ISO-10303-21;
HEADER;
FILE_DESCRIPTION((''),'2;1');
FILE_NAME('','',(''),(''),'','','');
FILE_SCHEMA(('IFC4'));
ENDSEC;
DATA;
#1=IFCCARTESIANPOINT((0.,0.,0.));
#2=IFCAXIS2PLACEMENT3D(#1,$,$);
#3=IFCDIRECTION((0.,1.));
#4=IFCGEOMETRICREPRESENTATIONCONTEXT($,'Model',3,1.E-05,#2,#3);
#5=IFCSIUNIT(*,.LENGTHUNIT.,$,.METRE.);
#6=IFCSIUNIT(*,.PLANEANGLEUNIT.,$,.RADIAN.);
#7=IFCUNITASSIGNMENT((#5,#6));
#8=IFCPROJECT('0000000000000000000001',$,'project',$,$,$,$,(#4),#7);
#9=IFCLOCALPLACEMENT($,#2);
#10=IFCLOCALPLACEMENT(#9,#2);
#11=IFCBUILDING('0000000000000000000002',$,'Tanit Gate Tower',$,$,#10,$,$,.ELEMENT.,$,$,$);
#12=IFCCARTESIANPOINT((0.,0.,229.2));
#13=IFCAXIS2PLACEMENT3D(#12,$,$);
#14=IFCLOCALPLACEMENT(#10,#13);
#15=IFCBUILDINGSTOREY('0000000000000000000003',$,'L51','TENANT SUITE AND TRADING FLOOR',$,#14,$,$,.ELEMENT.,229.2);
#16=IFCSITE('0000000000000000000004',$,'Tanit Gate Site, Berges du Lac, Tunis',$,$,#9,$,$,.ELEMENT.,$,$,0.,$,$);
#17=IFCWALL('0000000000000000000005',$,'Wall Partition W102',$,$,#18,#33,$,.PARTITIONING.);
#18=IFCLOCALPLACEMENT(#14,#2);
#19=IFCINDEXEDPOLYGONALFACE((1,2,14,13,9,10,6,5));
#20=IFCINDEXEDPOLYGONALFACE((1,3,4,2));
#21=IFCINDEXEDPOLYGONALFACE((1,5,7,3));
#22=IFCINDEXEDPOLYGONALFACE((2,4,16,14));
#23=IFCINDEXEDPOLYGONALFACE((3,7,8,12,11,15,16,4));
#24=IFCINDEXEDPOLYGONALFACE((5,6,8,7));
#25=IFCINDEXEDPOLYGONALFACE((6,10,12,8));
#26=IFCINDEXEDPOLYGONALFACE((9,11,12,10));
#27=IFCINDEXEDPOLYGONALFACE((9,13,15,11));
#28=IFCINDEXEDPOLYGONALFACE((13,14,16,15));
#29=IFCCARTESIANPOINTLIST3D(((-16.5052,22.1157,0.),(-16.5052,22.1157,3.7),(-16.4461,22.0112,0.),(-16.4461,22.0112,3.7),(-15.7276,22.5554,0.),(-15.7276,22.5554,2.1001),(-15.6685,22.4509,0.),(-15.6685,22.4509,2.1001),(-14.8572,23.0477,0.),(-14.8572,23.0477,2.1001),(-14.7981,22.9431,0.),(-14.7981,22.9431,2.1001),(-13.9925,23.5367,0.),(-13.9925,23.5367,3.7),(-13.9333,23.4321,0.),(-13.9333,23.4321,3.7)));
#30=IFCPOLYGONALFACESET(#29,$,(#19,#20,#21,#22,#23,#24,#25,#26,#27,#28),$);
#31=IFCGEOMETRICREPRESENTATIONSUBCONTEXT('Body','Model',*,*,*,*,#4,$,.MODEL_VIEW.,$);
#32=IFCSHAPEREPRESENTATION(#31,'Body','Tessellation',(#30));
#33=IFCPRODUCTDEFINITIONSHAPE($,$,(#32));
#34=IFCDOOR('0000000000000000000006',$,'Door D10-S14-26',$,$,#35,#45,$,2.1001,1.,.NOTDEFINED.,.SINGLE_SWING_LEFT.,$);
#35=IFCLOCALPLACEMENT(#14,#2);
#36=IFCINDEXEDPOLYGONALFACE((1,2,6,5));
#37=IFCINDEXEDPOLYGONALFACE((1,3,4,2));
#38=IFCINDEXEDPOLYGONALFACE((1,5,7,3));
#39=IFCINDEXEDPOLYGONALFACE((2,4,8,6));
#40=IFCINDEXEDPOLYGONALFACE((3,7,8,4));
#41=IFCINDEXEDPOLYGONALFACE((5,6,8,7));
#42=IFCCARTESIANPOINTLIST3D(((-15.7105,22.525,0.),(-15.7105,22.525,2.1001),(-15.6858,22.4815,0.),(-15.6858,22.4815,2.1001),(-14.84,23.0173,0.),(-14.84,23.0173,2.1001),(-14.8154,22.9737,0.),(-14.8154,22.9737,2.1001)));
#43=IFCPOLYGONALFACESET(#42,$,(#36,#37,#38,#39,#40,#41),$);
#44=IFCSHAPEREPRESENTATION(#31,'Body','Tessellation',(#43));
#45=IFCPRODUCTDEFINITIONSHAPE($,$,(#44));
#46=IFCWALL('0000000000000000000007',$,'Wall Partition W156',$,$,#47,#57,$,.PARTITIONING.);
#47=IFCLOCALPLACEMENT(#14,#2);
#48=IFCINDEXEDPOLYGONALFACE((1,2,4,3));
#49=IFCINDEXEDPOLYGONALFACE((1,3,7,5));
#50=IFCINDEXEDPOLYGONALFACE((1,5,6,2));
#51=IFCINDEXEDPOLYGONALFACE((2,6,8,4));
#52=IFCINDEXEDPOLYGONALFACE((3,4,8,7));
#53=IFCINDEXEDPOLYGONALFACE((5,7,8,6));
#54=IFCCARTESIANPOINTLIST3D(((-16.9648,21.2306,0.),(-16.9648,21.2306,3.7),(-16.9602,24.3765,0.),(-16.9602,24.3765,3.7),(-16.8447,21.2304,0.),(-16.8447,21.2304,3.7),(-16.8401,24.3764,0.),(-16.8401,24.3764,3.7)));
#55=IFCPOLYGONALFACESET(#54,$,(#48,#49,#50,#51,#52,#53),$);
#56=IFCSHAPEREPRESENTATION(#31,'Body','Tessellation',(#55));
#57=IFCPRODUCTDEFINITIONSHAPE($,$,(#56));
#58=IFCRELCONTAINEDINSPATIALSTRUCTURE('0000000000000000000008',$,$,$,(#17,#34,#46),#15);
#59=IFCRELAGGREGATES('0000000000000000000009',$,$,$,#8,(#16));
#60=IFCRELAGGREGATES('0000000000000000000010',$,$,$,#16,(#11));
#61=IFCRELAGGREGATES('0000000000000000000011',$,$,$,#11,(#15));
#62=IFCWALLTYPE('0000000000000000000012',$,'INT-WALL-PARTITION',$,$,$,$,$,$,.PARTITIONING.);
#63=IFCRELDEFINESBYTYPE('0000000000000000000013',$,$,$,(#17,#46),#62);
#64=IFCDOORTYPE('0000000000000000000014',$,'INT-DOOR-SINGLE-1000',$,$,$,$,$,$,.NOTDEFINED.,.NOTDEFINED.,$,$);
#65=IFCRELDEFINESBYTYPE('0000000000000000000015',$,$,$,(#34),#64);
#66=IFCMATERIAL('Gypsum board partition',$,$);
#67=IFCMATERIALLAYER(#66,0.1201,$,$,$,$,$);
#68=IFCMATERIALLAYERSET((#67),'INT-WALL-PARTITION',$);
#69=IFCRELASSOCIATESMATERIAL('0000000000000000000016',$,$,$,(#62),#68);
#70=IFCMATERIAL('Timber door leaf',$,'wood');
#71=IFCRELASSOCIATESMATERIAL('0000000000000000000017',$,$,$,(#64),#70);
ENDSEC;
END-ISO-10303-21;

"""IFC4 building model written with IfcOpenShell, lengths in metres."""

from ifc_helpers import new_model, si_unit, direction, frame, frame_2d, origin, place, context, subcontext, project, spatial, rectangle, extrude, material, layer, layer_set, type_object, element, fill, save


model = new_model("IFC4")

# Units and contexts
model_context = context("Model", 3, precision=1e-05, world=origin(), true_north=direction((0.0, 1.0)))
body_context = subcontext(model_context, "Body", "Model", "MODEL_VIEW")
ifc_project = project(units=[si_unit("LENGTHUNIT", "METRE"), si_unit("PLANEANGLEUNIT", "RADIAN")], contexts=[model_context])

# Site, building, storey
site_placement = place(None, origin())
site = spatial("IfcSite", under=ifc_project, at=site_placement, Name="Tanit Gate Site, Berges du Lac, Tunis", CompositionType="ELEMENT", RefElevation=0.0)
building_placement = place(site_placement, origin())
building = spatial("IfcBuilding", under=site, at=building_placement, Name="Tanit Gate Tower", CompositionType="ELEMENT")
storey_placement = place(building_placement, frame((0.0, 0.0, 229.2)))
storey = spatial("IfcBuildingStorey", under=building, at=storey_placement, Name="L51", Description="TENANT SUITE AND TRADING FLOOR", CompositionType="ELEMENT", Elevation=229.2)

# Shared definitions
ifc_material_1 = material(Name="Gypsum board partition")
ifc_layer_1 = layer(ifc_material_1, 0.1201)
ifc_layer_set_1 = layer_set([ifc_layer_1], Name="INT-WALL-PARTITION")
wall_type_1 = type_object("IfcWallType", Name="INT-WALL-PARTITION", PredefinedType="PARTITIONING", material=ifc_layer_set_1)

# Wall, opening, door
wall_1_placement = place(storey_placement, frame((-13.9629, 23.4844, 0.0), z_axis=(0.0, 0.0, 1.0), x_axis=(-0.870462, -0.492236, 0.0)))
wall_1 = element("IfcWall", 1, at=wall_1_placement, inside=storey, type_object=wall_type_1, Name="Wall Partition W102", PredefinedType="PARTITIONING", context=body_context, shape_type="SweptSolid", body=[
    extrude(rectangle(XDim=2.8867, YDim=0.1201, at=frame_2d((1.4434, 0.0))), origin(), (0.0, 0.0, 1.0), 3.7),
])
opening_1_placement = place(wall_1_placement, frame((0.9934, 0.0, 0.0)))
opening_1 = element("IfcOpeningElement", 2, at=opening_1_placement, cuts=wall_1, PredefinedType="OPENING", context=body_context, shape_type="SweptSolid", body=[
    extrude(rectangle(XDim=1.0, YDim=2.1001, at=frame_2d((0.5, 1.05))), frame((0.0, 0.0701, 0.0), z_axis=(0.0, -1.0, 0.0), x_axis=(1.0, 0.0, 0.0)), (0.0, 0.0, 1.0), 0.1401),
])
ifc_material_2 = material(Name="Timber door leaf", Category="wood")
door_type_1 = type_object("IfcDoorType", Name="INT-DOOR-SINGLE-1000", OperationType="NOTDEFINED", PredefinedType="NOTDEFINED", material=ifc_material_2)
door_1_placement = place(opening_1_placement, origin())
door_1 = element("IfcDoor", 3, at=door_1_placement, inside=storey, type_object=door_type_1, Name="Door D10-S14-26", OperationType="SINGLE_SWING_LEFT", OverallHeight=2.1001, OverallWidth=1.0, PredefinedType="NOTDEFINED", context=body_context, shape_type="SweptSolid", body=[
    extrude(rectangle(XDim=1.0, YDim=2.1001, at=frame_2d((0.5, 1.05))), frame((0.0, 0.0249, 0.0), z_axis=(0.0, -1.0, 0.0), x_axis=(1.0, 0.0, 0.0)), (0.0, 0.0, 1.0), 0.05),
])
fill(opening_1, door_1)

# Wall
wall_2_placement = place(storey_placement, frame((-16.9048, 21.2305, 0.0), z_axis=(0.0, 0.0, 1.0), x_axis=(0.001474, 0.999999, 0.0)))
element("IfcWall", 4, at=wall_2_placement, inside=storey, type_object=wall_type_1, Name="Wall Partition W156", PredefinedType="PARTITIONING", context=body_context, shape_type="SweptSolid", body=[
    extrude(rectangle(XDim=3.146, YDim=0.1201, at=frame_2d((1.573, 0.0))), origin(), (0.0, 0.0, 1.0), 3.7),
])

save(model, "model.ifc")
